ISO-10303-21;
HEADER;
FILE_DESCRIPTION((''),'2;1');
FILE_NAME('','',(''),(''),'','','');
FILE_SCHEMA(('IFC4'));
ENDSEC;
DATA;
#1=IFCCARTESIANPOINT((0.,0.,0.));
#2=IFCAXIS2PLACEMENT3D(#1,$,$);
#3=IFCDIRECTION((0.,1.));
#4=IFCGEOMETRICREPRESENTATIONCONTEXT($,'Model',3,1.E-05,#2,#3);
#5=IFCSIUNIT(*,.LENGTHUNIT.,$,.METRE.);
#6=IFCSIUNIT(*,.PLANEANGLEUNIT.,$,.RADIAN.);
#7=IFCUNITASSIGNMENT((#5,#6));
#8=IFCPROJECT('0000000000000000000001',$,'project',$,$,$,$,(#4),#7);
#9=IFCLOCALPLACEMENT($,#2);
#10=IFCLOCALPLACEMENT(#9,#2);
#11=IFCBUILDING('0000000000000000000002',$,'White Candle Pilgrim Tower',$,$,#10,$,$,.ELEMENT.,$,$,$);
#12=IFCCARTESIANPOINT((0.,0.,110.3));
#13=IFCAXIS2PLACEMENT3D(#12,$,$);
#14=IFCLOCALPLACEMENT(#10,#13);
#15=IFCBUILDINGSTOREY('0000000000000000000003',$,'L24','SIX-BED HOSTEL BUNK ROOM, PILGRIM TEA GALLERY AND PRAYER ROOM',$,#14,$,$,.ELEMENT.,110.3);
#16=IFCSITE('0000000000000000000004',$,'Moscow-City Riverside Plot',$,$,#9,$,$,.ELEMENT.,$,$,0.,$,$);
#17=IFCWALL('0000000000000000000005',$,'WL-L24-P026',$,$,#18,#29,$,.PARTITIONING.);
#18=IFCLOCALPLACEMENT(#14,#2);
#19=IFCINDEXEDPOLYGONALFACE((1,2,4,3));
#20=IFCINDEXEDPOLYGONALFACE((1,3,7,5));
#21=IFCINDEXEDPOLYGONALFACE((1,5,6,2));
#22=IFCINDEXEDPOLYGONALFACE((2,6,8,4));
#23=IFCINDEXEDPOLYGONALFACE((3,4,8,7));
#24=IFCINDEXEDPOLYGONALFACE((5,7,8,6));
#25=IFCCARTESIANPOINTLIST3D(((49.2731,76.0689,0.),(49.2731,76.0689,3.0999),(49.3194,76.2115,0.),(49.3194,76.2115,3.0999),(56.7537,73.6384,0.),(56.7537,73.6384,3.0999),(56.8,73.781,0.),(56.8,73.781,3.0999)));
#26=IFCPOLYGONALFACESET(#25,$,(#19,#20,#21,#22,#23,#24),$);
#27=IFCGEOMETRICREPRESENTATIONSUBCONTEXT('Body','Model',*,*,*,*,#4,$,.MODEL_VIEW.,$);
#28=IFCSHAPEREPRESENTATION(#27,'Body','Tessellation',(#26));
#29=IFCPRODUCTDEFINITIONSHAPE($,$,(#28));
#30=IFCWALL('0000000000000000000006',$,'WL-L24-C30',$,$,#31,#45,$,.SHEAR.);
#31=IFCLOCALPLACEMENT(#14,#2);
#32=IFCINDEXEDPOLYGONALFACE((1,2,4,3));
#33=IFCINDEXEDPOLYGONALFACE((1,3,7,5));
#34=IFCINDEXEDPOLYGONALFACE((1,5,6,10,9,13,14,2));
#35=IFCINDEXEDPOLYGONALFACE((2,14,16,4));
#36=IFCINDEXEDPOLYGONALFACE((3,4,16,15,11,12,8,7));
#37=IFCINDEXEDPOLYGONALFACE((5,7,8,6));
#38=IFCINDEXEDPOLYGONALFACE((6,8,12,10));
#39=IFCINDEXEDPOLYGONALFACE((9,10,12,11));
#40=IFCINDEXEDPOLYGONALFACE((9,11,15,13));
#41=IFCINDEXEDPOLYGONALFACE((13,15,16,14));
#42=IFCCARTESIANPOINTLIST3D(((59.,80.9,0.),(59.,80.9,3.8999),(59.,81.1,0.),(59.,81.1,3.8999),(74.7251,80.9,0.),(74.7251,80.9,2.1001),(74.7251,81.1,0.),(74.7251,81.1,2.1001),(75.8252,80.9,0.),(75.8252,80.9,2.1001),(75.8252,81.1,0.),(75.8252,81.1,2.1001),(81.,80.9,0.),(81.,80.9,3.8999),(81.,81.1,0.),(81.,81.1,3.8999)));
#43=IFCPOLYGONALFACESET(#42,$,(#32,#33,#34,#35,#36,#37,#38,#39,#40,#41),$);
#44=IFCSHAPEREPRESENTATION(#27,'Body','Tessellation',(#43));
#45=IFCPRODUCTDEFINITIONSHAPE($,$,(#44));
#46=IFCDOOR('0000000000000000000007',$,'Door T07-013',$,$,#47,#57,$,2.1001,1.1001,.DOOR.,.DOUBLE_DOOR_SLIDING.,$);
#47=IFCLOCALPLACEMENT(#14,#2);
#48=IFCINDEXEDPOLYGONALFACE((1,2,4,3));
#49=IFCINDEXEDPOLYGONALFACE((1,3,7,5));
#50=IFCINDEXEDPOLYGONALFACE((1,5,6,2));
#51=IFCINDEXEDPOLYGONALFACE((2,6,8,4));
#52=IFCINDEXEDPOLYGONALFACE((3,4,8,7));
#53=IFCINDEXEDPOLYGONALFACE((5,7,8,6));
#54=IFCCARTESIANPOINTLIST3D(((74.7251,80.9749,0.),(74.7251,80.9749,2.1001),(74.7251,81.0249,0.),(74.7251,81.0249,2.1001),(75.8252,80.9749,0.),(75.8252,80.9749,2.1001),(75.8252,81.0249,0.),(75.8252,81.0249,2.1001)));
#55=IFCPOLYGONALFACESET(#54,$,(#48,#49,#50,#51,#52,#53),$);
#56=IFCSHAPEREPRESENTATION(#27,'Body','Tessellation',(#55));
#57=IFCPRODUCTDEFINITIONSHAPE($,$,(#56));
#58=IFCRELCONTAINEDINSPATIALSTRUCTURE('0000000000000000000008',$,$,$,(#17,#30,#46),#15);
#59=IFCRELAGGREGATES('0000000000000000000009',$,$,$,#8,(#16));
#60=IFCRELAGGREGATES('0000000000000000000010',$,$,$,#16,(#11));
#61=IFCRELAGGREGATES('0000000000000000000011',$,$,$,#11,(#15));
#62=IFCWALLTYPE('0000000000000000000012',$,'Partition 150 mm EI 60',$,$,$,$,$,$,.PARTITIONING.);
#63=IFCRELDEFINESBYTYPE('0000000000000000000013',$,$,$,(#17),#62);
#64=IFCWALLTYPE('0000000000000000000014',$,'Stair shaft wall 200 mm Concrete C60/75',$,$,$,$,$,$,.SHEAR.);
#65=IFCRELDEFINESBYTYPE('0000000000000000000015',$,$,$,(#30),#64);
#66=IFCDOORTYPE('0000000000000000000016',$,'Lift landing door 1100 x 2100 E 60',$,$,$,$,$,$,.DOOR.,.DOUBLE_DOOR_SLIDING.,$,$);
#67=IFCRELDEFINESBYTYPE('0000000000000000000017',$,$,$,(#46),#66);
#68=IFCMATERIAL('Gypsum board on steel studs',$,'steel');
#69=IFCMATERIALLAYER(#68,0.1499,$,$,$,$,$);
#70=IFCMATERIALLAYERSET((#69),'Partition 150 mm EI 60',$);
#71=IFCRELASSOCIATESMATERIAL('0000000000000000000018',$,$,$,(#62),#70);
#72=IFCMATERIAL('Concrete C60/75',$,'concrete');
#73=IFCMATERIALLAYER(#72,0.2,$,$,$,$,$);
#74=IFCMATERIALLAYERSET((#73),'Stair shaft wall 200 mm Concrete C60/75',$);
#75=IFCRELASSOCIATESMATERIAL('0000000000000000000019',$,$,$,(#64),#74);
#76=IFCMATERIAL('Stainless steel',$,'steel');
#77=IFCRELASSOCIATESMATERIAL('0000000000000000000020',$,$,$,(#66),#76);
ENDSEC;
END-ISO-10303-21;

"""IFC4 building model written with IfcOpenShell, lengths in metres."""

from ifc_helpers import new_model, si_unit, direction, frame, frame_2d, origin, place, context, subcontext, project, spatial, rectangle, extrude, material, layer, layer_set, type_object, element, fill, save


model = new_model("IFC4")

# Units and contexts
model_context = context("Model", 3, precision=1e-05, world=origin(), true_north=direction((0.0, 1.0)))
body_context = subcontext(model_context, "Body", "Model", "MODEL_VIEW")
ifc_project = project(units=[si_unit("LENGTHUNIT", "METRE"), si_unit("PLANEANGLEUNIT", "RADIAN")], contexts=[model_context])

# Site, building, storey
site_placement = place(None, origin())
site = spatial("IfcSite", under=ifc_project, at=site_placement, Name="Moscow-City Riverside Plot", CompositionType="ELEMENT", RefElevation=0.0)
building_placement = place(site_placement, origin())
building = spatial("IfcBuilding", under=site, at=building_placement, Name="White Candle Pilgrim Tower", CompositionType="ELEMENT")
storey_placement = place(building_placement, frame((0.0, 0.0, 110.3)))
storey = spatial("IfcBuildingStorey", under=building, at=storey_placement, Name="L24", Description="SIX-BED HOSTEL BUNK ROOM, PILGRIM TEA GALLERY AND PRAYER ROOM", CompositionType="ELEMENT", Elevation=110.3)

# Shared definitions
ifc_material_1 = material(Name="Concrete C60/75", Category="concrete")

# Shared definitions
ifc_material_2 = material(Name="Stainless steel", Category="steel")

# Wall
ifc_material_3 = material(Name="Gypsum board on steel studs", Category="steel")
ifc_layer_1 = layer(ifc_material_3, 0.1499)
ifc_layer_set_1 = layer_set([ifc_layer_1], Name="Partition 150 mm EI 60")
wall_type_1 = type_object("IfcWallType", Name="Partition 150 mm EI 60", PredefinedType="PARTITIONING", material=ifc_layer_set_1)
wall_1_placement = place(storey_placement, frame((49.2964, 76.1401, 0.0), z_axis=(0.0, 0.0, 1.0), x_axis=(0.951061, -0.309002, 0.0)))
element("IfcWall", 1, at=wall_1_placement, inside=storey, type_object=wall_type_1, Name="WL-L24-P026", PredefinedType="PARTITIONING", context=body_context, shape_type="SweptSolid", body=[
    extrude(rectangle(XDim=7.8655, YDim=0.1499, at=frame_2d((3.9326, 0.0))), origin(), (0.0, 0.0, 1.0), 3.0999),
])

# Wall, opening, door
ifc_layer_2 = layer(ifc_material_1, 0.2)
ifc_layer_set_2 = layer_set([ifc_layer_2], Name="Stair shaft wall 200 mm Concrete C60/75")
wall_type_2 = type_object("IfcWallType", Name="Stair shaft wall 200 mm Concrete C60/75", PredefinedType="SHEAR", material=ifc_layer_set_2)
wall_2_placement = place(storey_placement, frame((59.0, 81.0, 0.0), z_axis=(0.0, 0.0, 1.0), x_axis=(1.0, 0.0, 0.0)))
wall_2 = element("IfcWall", 2, at=wall_2_placement, inside=storey, type_object=wall_type_2, Name="WL-L24-C30", PredefinedType="SHEAR", context=body_context, shape_type="SweptSolid", body=[
    extrude(rectangle(XDim=22.0, YDim=0.2, at=frame_2d((11.0, 0.0))), origin(), (0.0, 0.0, 1.0), 3.8999),
])
opening_1_placement = place(wall_2_placement, frame((15.7251, 0.0, 0.0)))
opening_1 = element("IfcOpeningElement", 3, at=opening_1_placement, cuts=wall_2, PredefinedType="OPENING", context=body_context, shape_type="SweptSolid", body=[
    extrude(rectangle(XDim=1.1001, YDim=2.1001, at=frame_2d((0.55, 1.05))), frame((0.0, 0.1099, 0.0), z_axis=(0.0, -1.0, 0.0), x_axis=(1.0, 0.0, 0.0)), (0.0, 0.0, 1.0), 0.22),
])
door_type_1 = type_object("IfcDoorType", Name="Lift landing door 1100 x 2100 E 60", OperationType="DOUBLE_DOOR_SLIDING", PredefinedType="DOOR", material=ifc_material_2)
door_1_placement = place(opening_1_placement, origin())
door_1 = element("IfcDoor", 4, at=door_1_placement, inside=storey, type_object=door_type_1, Name="Door T07-013", OperationType="DOUBLE_DOOR_SLIDING", OverallHeight=2.1001, OverallWidth=1.1001, PredefinedType="DOOR", context=body_context, shape_type="SweptSolid", body=[
    extrude(rectangle(XDim=1.1001, YDim=2.1001, at=frame_2d((0.55, 1.05))), frame((0.0, 0.0249, 0.0), z_axis=(0.0, -1.0, 0.0), x_axis=(1.0, 0.0, 0.0)), (0.0, 0.0, 1.0), 0.05),
])
fill(opening_1, door_1)

save(model, "model.ifc")
